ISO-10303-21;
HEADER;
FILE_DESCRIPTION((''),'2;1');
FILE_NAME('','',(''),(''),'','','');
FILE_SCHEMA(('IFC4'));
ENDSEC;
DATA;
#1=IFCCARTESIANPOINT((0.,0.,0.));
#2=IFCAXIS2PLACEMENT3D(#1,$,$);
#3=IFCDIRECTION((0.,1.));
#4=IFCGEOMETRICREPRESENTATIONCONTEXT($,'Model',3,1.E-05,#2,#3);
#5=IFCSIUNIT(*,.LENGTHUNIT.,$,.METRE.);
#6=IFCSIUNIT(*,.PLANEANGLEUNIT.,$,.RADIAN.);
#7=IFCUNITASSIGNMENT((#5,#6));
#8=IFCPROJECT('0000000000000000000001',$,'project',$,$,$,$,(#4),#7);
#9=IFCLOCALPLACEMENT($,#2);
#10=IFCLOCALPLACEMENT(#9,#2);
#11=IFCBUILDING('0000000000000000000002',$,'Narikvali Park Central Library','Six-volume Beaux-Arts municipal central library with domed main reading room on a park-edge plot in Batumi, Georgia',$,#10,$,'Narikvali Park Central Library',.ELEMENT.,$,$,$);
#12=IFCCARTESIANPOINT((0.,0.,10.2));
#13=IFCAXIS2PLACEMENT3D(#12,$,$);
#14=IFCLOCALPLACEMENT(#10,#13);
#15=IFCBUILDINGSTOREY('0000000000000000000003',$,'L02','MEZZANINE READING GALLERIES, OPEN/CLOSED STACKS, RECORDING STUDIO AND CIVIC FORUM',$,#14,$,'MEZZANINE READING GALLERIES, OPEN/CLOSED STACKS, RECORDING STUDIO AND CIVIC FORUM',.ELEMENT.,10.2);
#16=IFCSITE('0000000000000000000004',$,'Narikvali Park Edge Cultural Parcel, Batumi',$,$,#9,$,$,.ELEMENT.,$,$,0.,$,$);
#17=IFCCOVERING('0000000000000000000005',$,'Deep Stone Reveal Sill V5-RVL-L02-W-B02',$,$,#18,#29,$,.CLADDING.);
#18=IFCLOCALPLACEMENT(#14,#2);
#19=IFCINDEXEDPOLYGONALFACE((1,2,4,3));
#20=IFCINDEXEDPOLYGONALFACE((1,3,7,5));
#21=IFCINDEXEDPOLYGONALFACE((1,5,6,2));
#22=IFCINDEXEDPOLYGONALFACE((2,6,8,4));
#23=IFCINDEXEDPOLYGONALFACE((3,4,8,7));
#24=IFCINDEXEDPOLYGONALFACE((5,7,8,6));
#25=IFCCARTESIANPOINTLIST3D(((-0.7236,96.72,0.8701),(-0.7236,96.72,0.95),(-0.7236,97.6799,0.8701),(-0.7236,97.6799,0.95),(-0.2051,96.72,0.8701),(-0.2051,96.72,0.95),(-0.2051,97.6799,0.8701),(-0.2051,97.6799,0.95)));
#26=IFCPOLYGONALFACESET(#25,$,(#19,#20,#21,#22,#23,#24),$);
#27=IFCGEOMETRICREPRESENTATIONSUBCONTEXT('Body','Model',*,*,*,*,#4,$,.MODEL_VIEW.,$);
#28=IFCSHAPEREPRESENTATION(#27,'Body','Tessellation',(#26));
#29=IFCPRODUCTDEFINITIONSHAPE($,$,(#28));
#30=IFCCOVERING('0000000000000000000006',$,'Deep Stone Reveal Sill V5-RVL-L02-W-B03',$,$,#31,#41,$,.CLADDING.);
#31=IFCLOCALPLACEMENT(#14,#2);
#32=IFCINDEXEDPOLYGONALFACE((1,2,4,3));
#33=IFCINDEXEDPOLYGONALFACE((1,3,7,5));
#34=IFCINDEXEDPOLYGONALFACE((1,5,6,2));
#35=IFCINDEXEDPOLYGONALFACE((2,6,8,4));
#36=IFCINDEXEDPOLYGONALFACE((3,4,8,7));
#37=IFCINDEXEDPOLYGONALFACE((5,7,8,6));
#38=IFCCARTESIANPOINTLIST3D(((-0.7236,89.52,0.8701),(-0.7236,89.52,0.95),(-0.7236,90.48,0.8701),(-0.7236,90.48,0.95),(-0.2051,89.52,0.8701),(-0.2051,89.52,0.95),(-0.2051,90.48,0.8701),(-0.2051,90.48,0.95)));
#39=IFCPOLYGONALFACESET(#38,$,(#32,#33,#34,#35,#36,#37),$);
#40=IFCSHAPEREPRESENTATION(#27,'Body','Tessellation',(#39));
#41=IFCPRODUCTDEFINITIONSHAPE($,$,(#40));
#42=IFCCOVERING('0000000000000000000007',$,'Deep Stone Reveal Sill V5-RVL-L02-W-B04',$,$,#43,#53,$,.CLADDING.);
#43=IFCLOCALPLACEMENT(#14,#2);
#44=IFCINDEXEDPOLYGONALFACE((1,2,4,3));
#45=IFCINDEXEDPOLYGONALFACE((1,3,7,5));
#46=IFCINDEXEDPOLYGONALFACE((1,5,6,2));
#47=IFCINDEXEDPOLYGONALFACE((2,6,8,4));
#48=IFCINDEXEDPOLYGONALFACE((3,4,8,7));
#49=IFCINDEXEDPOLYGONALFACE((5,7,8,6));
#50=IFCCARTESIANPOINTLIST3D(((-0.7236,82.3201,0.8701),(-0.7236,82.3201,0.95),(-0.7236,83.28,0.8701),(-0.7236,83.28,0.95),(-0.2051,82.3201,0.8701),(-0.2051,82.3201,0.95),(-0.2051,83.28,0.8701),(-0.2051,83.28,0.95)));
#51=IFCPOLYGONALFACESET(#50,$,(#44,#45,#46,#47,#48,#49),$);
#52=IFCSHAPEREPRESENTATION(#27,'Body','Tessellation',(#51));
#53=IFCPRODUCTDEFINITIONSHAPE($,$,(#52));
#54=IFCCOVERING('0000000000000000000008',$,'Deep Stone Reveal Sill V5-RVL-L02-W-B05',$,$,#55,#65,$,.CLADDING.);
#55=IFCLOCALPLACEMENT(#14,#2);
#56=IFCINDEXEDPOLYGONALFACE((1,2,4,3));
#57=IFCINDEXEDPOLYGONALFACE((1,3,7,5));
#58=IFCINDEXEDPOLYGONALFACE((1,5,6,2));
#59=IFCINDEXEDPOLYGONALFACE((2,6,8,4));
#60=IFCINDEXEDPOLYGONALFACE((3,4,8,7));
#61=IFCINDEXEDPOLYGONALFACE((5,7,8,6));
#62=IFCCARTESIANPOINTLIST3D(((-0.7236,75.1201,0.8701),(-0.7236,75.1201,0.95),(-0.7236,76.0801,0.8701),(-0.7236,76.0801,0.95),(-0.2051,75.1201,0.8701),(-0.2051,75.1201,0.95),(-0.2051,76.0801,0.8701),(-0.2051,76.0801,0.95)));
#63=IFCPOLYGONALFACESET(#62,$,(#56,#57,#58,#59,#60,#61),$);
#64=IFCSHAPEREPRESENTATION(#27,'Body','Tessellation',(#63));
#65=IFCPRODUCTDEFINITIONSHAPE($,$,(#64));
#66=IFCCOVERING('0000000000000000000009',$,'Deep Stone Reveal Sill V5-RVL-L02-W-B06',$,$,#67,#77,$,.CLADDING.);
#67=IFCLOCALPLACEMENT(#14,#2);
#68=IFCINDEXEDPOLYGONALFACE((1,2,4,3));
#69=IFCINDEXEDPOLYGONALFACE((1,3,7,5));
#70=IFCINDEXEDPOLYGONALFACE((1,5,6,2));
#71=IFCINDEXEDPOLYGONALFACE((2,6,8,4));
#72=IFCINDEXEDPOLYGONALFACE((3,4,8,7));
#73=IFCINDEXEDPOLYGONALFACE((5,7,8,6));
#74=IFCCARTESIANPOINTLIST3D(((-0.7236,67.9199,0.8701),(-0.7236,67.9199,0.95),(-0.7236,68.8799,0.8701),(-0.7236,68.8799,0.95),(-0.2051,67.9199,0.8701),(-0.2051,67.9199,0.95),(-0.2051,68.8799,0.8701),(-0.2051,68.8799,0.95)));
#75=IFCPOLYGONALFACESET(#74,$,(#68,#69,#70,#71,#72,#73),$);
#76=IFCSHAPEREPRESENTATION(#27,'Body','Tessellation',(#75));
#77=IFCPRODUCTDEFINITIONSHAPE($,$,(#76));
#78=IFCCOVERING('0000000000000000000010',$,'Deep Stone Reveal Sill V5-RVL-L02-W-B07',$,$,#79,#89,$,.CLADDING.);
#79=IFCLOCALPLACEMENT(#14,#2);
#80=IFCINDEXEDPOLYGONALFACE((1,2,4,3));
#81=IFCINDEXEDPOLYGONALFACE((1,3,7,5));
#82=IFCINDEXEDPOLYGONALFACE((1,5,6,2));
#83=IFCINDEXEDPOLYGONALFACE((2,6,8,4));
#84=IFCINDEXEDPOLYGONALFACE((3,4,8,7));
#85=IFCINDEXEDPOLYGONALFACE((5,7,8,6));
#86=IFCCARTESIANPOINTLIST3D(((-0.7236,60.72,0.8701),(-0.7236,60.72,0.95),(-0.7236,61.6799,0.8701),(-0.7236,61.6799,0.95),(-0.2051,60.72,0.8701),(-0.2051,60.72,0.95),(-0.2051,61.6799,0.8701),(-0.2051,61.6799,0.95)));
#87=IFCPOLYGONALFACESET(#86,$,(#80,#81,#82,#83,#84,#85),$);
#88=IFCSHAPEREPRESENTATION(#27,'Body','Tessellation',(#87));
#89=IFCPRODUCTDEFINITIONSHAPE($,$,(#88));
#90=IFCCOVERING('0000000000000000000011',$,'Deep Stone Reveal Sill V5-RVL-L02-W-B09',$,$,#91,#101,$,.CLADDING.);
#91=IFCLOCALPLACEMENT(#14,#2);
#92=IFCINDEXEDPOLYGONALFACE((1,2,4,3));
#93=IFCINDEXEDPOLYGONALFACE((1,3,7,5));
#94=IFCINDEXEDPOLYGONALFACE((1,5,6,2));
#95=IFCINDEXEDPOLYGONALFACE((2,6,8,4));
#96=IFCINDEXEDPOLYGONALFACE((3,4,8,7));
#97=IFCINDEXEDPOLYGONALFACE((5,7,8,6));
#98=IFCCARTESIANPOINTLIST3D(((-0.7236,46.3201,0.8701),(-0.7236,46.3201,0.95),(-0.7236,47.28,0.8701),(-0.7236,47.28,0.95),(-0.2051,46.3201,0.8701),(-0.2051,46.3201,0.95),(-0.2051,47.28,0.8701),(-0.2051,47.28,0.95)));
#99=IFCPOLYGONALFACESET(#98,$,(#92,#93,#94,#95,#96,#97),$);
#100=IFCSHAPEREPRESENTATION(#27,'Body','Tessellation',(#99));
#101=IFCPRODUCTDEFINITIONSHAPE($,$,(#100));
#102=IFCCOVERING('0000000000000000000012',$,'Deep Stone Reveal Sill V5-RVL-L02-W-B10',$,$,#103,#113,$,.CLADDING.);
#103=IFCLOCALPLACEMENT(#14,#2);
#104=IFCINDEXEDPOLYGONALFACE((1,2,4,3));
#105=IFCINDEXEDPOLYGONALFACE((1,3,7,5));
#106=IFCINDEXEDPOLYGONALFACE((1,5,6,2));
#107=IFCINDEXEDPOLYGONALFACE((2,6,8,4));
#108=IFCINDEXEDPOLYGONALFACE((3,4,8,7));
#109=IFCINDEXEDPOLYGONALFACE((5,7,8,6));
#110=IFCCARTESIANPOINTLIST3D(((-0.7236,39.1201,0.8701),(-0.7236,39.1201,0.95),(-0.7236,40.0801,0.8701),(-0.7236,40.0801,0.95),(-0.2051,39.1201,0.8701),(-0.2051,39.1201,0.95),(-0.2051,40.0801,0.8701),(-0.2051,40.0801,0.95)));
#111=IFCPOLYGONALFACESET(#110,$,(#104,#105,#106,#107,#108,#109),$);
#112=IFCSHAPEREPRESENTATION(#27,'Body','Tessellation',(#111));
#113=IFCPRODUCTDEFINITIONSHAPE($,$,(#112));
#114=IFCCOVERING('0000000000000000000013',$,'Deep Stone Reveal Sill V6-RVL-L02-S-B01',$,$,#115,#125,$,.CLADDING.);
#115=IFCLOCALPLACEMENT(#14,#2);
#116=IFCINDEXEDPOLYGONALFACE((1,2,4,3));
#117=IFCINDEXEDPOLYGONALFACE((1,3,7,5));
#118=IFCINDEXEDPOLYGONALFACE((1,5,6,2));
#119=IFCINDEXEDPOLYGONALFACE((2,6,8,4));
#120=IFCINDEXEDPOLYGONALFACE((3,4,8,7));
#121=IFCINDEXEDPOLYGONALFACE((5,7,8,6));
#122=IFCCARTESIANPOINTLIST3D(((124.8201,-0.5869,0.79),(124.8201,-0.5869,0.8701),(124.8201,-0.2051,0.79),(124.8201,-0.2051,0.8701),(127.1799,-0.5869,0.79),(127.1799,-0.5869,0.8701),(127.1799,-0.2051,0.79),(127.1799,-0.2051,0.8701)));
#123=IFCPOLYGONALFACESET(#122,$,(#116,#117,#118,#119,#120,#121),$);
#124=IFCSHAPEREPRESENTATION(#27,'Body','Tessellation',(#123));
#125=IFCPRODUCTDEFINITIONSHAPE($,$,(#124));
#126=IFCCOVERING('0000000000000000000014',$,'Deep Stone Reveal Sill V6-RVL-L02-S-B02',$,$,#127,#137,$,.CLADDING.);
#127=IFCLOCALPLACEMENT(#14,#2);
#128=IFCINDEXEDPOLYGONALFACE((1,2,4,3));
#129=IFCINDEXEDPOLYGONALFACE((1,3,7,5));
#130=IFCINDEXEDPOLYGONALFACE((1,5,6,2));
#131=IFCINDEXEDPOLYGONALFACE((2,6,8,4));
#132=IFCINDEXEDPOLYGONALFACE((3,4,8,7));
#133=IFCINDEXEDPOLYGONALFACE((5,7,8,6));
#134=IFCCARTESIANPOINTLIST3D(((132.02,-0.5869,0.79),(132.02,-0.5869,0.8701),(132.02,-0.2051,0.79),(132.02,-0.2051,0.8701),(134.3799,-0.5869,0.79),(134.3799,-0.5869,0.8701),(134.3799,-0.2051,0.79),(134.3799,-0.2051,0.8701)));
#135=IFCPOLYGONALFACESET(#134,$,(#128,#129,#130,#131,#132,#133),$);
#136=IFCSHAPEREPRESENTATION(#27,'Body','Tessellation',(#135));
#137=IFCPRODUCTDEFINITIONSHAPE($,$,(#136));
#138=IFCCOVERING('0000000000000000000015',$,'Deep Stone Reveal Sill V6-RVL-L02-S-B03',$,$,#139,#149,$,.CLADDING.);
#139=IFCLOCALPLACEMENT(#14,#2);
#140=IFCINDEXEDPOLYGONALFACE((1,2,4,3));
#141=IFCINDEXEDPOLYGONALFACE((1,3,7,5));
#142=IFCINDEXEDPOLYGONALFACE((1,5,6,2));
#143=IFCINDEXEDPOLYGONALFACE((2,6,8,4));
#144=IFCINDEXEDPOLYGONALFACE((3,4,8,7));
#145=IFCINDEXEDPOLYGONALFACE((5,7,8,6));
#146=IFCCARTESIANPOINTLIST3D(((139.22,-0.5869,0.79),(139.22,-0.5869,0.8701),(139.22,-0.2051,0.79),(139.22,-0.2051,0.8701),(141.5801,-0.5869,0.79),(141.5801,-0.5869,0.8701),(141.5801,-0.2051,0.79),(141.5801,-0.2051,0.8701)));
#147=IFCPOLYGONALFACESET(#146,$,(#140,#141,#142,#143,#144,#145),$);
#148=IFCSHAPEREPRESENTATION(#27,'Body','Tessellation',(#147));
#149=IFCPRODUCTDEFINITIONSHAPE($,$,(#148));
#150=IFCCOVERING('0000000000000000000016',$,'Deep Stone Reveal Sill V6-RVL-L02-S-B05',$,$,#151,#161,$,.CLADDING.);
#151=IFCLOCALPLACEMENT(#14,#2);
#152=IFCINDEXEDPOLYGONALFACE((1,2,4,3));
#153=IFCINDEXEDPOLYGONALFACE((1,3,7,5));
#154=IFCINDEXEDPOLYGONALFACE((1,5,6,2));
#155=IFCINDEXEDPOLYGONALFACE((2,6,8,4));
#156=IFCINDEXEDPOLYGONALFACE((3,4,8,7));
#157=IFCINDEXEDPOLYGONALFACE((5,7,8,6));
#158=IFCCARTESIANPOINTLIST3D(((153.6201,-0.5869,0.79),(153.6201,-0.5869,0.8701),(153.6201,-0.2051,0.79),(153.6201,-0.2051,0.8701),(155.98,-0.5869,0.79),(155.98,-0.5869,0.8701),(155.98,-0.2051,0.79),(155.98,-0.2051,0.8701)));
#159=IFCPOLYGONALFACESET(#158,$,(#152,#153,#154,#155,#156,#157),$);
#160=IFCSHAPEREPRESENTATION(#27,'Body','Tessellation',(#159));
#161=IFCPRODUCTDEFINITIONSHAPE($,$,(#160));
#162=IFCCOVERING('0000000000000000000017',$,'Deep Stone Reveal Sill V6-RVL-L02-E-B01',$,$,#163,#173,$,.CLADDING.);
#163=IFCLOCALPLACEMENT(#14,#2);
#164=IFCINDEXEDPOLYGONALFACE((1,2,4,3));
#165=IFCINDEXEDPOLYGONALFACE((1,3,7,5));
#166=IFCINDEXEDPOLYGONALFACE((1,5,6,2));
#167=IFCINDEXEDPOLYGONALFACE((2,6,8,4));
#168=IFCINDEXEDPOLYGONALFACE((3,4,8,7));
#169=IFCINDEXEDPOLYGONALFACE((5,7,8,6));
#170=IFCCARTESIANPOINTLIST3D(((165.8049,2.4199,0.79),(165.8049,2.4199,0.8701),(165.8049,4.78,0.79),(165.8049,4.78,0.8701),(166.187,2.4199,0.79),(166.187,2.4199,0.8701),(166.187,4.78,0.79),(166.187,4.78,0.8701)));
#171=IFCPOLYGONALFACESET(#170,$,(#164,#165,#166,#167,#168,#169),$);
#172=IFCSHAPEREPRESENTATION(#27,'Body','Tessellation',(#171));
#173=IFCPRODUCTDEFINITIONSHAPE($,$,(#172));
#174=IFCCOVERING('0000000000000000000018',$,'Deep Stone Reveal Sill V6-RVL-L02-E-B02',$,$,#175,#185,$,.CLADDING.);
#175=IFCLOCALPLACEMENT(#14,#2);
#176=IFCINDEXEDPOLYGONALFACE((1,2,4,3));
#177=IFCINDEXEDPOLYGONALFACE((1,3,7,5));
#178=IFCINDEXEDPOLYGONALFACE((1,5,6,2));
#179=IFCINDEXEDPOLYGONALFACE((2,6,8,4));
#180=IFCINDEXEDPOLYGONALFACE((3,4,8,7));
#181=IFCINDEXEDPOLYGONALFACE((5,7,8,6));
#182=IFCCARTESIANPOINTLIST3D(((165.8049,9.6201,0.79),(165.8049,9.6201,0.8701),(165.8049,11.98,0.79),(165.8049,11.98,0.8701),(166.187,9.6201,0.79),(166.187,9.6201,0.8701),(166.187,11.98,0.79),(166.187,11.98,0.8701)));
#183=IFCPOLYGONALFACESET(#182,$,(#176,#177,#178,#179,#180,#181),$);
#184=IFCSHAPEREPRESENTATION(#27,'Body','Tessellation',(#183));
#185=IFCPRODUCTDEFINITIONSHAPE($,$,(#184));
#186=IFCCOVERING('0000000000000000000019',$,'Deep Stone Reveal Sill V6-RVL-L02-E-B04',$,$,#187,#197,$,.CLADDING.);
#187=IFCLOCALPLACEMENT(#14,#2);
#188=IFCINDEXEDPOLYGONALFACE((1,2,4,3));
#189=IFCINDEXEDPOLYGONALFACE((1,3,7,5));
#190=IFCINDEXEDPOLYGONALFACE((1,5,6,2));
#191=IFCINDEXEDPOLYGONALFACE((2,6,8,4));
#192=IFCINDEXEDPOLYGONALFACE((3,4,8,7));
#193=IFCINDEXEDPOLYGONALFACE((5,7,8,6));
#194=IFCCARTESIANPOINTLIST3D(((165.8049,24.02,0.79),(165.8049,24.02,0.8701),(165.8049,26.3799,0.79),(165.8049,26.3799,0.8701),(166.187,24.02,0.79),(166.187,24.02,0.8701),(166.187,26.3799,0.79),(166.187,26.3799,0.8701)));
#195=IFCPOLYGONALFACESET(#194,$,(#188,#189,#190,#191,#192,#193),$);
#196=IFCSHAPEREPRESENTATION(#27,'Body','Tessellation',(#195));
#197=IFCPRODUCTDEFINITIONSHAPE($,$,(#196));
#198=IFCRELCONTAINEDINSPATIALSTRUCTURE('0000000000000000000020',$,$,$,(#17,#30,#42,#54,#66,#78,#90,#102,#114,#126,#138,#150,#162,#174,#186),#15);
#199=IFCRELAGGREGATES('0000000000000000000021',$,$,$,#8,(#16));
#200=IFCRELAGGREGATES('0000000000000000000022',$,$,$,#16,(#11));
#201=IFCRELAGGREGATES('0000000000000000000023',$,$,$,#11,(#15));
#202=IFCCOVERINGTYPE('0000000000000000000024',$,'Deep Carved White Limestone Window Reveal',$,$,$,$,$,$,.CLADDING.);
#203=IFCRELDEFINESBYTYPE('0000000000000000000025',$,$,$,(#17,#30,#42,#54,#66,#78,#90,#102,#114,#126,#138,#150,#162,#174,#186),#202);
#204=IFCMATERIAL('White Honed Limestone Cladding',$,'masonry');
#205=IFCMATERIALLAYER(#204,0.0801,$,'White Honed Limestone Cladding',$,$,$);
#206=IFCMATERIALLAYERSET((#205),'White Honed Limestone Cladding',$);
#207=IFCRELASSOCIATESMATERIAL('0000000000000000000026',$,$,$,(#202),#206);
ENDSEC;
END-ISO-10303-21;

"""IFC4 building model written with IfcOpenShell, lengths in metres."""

from ifc_helpers import new_model, si_unit, direction, frame, origin, place, context, subcontext, project, spatial, polyline, outline, extrude, material, layer, layer_set, type_object, element, save


model = new_model("IFC4")

# Units and contexts
model_context = context("Model", 3, precision=1e-05, world=origin(), true_north=direction((0.0, 1.0)))
body_context = subcontext(model_context, "Body", "Model", "MODEL_VIEW")
ifc_project = project(units=[si_unit("LENGTHUNIT", "METRE"), si_unit("PLANEANGLEUNIT", "RADIAN")], contexts=[model_context])

# Site, building, storey
site_placement = place(None, origin())
site = spatial("IfcSite", under=ifc_project, at=site_placement, Name="Narikvali Park Edge Cultural Parcel, Batumi", CompositionType="ELEMENT", RefElevation=0.0)
building_placement = place(site_placement, origin())
building = spatial("IfcBuilding", under=site, at=building_placement, Name="Narikvali Park Central Library", Description="Six-volume Beaux-Arts municipal central library with domed main reading room on a park-edge plot in Batumi, Georgia", LongName="Narikvali Park Central Library", CompositionType="ELEMENT")
storey_placement = place(building_placement, frame((0.0, 0.0, 10.2)))
storey = spatial("IfcBuildingStorey", under=building, at=storey_placement, Name="L02", Description="MEZZANINE READING GALLERIES, OPEN/CLOSED STACKS, RECORDING STUDIO AND CIVIC FORUM", LongName="MEZZANINE READING GALLERIES, OPEN/CLOSED STACKS, RECORDING STUDIO AND CIVIC FORUM", CompositionType="ELEMENT", Elevation=10.2)

# Coverings
ifc_material = material(Name="White Honed Limestone Cladding", Category="masonry")
ifc_layer = layer(ifc_material, 0.0801, Name="White Honed Limestone Cladding")
ifc_layer_set = layer_set([ifc_layer], Name="White Honed Limestone Cladding")
covering_type = type_object("IfcCoveringType", Name="Deep Carved White Limestone Window Reveal", PredefinedType="CLADDING", material=ifc_layer_set)
covering_1_placement = place(storey_placement, frame((0.0, 0.0, 0.8701)))
element("IfcCovering", 1, at=covering_1_placement, inside=storey, type_object=covering_type, Name="Deep Stone Reveal Sill V5-RVL-L02-W-B02", PredefinedType="CLADDING", context=body_context, shape_type="SweptSolid", body=[
    extrude(outline(polyline([(-0.2051, 97.6799), (-0.2051, 96.72), (-0.7236, 96.72), (-0.7236, 97.6799), (-0.2051, 97.6799)])), origin(), (0.0, 0.0, 1.0), 0.0798),
])
covering_2_placement = place(storey_placement, frame((0.0, 0.0, 0.8701)))
element("IfcCovering", 2, at=covering_2_placement, inside=storey, type_object=covering_type, Name="Deep Stone Reveal Sill V5-RVL-L02-W-B03", PredefinedType="CLADDING", context=body_context, shape_type="SweptSolid", body=[
    extrude(outline(polyline([(-0.2051, 90.48), (-0.2051, 89.52), (-0.7236, 89.52), (-0.7236, 90.48), (-0.2051, 90.48)])), origin(), (0.0, 0.0, 1.0), 0.0798),
])
covering_3_placement = place(storey_placement, frame((0.0, 0.0, 0.8701)))
element("IfcCovering", 3, at=covering_3_placement, inside=storey, type_object=covering_type, Name="Deep Stone Reveal Sill V5-RVL-L02-W-B04", PredefinedType="CLADDING", context=body_context, shape_type="SweptSolid", body=[
    extrude(outline(polyline([(-0.2051, 83.28), (-0.2051, 82.3201), (-0.7236, 82.3201), (-0.7236, 83.28), (-0.2051, 83.28)])), origin(), (0.0, 0.0, 1.0), 0.0798),
])
covering_4_placement = place(storey_placement, frame((0.0, 0.0, 0.8701)))
element("IfcCovering", 4, at=covering_4_placement, inside=storey, type_object=covering_type, Name="Deep Stone Reveal Sill V5-RVL-L02-W-B05", PredefinedType="CLADDING", context=body_context, shape_type="SweptSolid", body=[
    extrude(outline(polyline([(-0.2051, 76.0801), (-0.2051, 75.1201), (-0.7236, 75.1201), (-0.7236, 76.0801), (-0.2051, 76.0801)])), origin(), (0.0, 0.0, 1.0), 0.0798),
])
covering_5_placement = place(storey_placement, frame((0.0, 0.0, 0.8701)))
element("IfcCovering", 5, at=covering_5_placement, inside=storey, type_object=covering_type, Name="Deep Stone Reveal Sill V5-RVL-L02-W-B06", PredefinedType="CLADDING", context=body_context, shape_type="SweptSolid", body=[
    extrude(outline(polyline([(-0.2051, 68.8799), (-0.2051, 67.9199), (-0.7236, 67.9199), (-0.7236, 68.8799), (-0.2051, 68.8799)])), origin(), (0.0, 0.0, 1.0), 0.0798),
])
covering_6_placement = place(storey_placement, frame((0.0, 0.0, 0.8701)))
element("IfcCovering", 6, at=covering_6_placement, inside=storey, type_object=covering_type, Name="Deep Stone Reveal Sill V5-RVL-L02-W-B07", PredefinedType="CLADDING", context=body_context, shape_type="SweptSolid", body=[
    extrude(outline(polyline([(-0.2051, 61.6799), (-0.2051, 60.72), (-0.7236, 60.72), (-0.7236, 61.6799), (-0.2051, 61.6799)])), origin(), (0.0, 0.0, 1.0), 0.0798),
])
covering_7_placement = place(storey_placement, frame((0.0, 0.0, 0.8701)))
element("IfcCovering", 7, at=covering_7_placement, inside=storey, type_object=covering_type, Name="Deep Stone Reveal Sill V5-RVL-L02-W-B09", PredefinedType="CLADDING", context=body_context, shape_type="SweptSolid", body=[
    extrude(outline(polyline([(-0.2051, 47.28), (-0.2051, 46.3201), (-0.7236, 46.3201), (-0.7236, 47.28), (-0.2051, 47.28)])), origin(), (0.0, 0.0, 1.0), 0.0798),
])
covering_8_placement = place(storey_placement, frame((0.0, 0.0, 0.8701)))
element("IfcCovering", 8, at=covering_8_placement, inside=storey, type_object=covering_type, Name="Deep Stone Reveal Sill V5-RVL-L02-W-B10", PredefinedType="CLADDING", context=body_context, shape_type="SweptSolid", body=[
    extrude(outline(polyline([(-0.2051, 40.0801), (-0.2051, 39.1201), (-0.7236, 39.1201), (-0.7236, 40.0801), (-0.2051, 40.0801)])), origin(), (0.0, 0.0, 1.0), 0.0798),
])
covering_9_placement = place(storey_placement, frame((0.0, 0.0, 0.79)))
element("IfcCovering", 9, at=covering_9_placement, inside=storey, type_object=covering_type, Name="Deep Stone Reveal Sill V6-RVL-L02-S-B01", PredefinedType="CLADDING", context=body_context, shape_type="SweptSolid", body=[
    extrude(outline(polyline([(124.8201, -0.2051), (127.1799, -0.2051), (127.1799, -0.5869), (124.8201, -0.5869), (124.8201, -0.2051)])), origin(), (0.0, 0.0, 1.0), 0.0801),
])
covering_10_placement = place(storey_placement, frame((0.0, 0.0, 0.79)))
element("IfcCovering", 10, at=covering_10_placement, inside=storey, type_object=covering_type, Name="Deep Stone Reveal Sill V6-RVL-L02-S-B02", PredefinedType="CLADDING", context=body_context, shape_type="SweptSolid", body=[
    extrude(outline(polyline([(132.02, -0.2051), (134.3799, -0.2051), (134.3799, -0.5869), (132.02, -0.5869), (132.02, -0.2051)])), origin(), (0.0, 0.0, 1.0), 0.0801),
])
covering_11_placement = place(storey_placement, frame((0.0, 0.0, 0.79)))
element("IfcCovering", 11, at=covering_11_placement, inside=storey, type_object=covering_type, Name="Deep Stone Reveal Sill V6-RVL-L02-S-B03", PredefinedType="CLADDING", context=body_context, shape_type="SweptSolid", body=[
    extrude(outline(polyline([(139.22, -0.2051), (141.5801, -0.2051), (141.5801, -0.5869), (139.22, -0.5869), (139.22, -0.2051)])), origin(), (0.0, 0.0, 1.0), 0.0801),
])
covering_12_placement = place(storey_placement, frame((0.0, 0.0, 0.79)))
element("IfcCovering", 12, at=covering_12_placement, inside=storey, type_object=covering_type, Name="Deep Stone Reveal Sill V6-RVL-L02-S-B05", PredefinedType="CLADDING", context=body_context, shape_type="SweptSolid", body=[
    extrude(outline(polyline([(153.6201, -0.2051), (155.98, -0.2051), (155.98, -0.5869), (153.6201, -0.5869), (153.6201, -0.2051)])), origin(), (0.0, 0.0, 1.0), 0.0801),
])
covering_13_placement = place(storey_placement, frame((0.0, 0.0, 0.79)))
element("IfcCovering", 13, at=covering_13_placement, inside=storey, type_object=covering_type, Name="Deep Stone Reveal Sill V6-RVL-L02-E-B01", PredefinedType="CLADDING", context=body_context, shape_type="SweptSolid", body=[
    extrude(outline(polyline([(165.8049, 2.4199), (165.8049, 4.78), (166.187, 4.78), (166.187, 2.4199), (165.8049, 2.4199)])), origin(), (0.0, 0.0, 1.0), 0.0801),
])
covering_14_placement = place(storey_placement, frame((0.0, 0.0, 0.79)))
element("IfcCovering", 14, at=covering_14_placement, inside=storey, type_object=covering_type, Name="Deep Stone Reveal Sill V6-RVL-L02-E-B02", PredefinedType="CLADDING", context=body_context, shape_type="SweptSolid", body=[
    extrude(outline(polyline([(165.8049, 9.6201), (165.8049, 11.98), (166.187, 11.98), (166.187, 9.6201), (165.8049, 9.6201)])), origin(), (0.0, 0.0, 1.0), 0.0801),
])
covering_15_placement = place(storey_placement, frame((0.0, 0.0, 0.79)))
element("IfcCovering", 15, at=covering_15_placement, inside=storey, type_object=covering_type, Name="Deep Stone Reveal Sill V6-RVL-L02-E-B04", PredefinedType="CLADDING", context=body_context, shape_type="SweptSolid", body=[
    extrude(outline(polyline([(165.8049, 24.02), (165.8049, 26.3799), (166.187, 26.3799), (166.187, 24.02), (165.8049, 24.02)])), origin(), (0.0, 0.0, 1.0), 0.0801),
])

save(model, "model.ifc")
